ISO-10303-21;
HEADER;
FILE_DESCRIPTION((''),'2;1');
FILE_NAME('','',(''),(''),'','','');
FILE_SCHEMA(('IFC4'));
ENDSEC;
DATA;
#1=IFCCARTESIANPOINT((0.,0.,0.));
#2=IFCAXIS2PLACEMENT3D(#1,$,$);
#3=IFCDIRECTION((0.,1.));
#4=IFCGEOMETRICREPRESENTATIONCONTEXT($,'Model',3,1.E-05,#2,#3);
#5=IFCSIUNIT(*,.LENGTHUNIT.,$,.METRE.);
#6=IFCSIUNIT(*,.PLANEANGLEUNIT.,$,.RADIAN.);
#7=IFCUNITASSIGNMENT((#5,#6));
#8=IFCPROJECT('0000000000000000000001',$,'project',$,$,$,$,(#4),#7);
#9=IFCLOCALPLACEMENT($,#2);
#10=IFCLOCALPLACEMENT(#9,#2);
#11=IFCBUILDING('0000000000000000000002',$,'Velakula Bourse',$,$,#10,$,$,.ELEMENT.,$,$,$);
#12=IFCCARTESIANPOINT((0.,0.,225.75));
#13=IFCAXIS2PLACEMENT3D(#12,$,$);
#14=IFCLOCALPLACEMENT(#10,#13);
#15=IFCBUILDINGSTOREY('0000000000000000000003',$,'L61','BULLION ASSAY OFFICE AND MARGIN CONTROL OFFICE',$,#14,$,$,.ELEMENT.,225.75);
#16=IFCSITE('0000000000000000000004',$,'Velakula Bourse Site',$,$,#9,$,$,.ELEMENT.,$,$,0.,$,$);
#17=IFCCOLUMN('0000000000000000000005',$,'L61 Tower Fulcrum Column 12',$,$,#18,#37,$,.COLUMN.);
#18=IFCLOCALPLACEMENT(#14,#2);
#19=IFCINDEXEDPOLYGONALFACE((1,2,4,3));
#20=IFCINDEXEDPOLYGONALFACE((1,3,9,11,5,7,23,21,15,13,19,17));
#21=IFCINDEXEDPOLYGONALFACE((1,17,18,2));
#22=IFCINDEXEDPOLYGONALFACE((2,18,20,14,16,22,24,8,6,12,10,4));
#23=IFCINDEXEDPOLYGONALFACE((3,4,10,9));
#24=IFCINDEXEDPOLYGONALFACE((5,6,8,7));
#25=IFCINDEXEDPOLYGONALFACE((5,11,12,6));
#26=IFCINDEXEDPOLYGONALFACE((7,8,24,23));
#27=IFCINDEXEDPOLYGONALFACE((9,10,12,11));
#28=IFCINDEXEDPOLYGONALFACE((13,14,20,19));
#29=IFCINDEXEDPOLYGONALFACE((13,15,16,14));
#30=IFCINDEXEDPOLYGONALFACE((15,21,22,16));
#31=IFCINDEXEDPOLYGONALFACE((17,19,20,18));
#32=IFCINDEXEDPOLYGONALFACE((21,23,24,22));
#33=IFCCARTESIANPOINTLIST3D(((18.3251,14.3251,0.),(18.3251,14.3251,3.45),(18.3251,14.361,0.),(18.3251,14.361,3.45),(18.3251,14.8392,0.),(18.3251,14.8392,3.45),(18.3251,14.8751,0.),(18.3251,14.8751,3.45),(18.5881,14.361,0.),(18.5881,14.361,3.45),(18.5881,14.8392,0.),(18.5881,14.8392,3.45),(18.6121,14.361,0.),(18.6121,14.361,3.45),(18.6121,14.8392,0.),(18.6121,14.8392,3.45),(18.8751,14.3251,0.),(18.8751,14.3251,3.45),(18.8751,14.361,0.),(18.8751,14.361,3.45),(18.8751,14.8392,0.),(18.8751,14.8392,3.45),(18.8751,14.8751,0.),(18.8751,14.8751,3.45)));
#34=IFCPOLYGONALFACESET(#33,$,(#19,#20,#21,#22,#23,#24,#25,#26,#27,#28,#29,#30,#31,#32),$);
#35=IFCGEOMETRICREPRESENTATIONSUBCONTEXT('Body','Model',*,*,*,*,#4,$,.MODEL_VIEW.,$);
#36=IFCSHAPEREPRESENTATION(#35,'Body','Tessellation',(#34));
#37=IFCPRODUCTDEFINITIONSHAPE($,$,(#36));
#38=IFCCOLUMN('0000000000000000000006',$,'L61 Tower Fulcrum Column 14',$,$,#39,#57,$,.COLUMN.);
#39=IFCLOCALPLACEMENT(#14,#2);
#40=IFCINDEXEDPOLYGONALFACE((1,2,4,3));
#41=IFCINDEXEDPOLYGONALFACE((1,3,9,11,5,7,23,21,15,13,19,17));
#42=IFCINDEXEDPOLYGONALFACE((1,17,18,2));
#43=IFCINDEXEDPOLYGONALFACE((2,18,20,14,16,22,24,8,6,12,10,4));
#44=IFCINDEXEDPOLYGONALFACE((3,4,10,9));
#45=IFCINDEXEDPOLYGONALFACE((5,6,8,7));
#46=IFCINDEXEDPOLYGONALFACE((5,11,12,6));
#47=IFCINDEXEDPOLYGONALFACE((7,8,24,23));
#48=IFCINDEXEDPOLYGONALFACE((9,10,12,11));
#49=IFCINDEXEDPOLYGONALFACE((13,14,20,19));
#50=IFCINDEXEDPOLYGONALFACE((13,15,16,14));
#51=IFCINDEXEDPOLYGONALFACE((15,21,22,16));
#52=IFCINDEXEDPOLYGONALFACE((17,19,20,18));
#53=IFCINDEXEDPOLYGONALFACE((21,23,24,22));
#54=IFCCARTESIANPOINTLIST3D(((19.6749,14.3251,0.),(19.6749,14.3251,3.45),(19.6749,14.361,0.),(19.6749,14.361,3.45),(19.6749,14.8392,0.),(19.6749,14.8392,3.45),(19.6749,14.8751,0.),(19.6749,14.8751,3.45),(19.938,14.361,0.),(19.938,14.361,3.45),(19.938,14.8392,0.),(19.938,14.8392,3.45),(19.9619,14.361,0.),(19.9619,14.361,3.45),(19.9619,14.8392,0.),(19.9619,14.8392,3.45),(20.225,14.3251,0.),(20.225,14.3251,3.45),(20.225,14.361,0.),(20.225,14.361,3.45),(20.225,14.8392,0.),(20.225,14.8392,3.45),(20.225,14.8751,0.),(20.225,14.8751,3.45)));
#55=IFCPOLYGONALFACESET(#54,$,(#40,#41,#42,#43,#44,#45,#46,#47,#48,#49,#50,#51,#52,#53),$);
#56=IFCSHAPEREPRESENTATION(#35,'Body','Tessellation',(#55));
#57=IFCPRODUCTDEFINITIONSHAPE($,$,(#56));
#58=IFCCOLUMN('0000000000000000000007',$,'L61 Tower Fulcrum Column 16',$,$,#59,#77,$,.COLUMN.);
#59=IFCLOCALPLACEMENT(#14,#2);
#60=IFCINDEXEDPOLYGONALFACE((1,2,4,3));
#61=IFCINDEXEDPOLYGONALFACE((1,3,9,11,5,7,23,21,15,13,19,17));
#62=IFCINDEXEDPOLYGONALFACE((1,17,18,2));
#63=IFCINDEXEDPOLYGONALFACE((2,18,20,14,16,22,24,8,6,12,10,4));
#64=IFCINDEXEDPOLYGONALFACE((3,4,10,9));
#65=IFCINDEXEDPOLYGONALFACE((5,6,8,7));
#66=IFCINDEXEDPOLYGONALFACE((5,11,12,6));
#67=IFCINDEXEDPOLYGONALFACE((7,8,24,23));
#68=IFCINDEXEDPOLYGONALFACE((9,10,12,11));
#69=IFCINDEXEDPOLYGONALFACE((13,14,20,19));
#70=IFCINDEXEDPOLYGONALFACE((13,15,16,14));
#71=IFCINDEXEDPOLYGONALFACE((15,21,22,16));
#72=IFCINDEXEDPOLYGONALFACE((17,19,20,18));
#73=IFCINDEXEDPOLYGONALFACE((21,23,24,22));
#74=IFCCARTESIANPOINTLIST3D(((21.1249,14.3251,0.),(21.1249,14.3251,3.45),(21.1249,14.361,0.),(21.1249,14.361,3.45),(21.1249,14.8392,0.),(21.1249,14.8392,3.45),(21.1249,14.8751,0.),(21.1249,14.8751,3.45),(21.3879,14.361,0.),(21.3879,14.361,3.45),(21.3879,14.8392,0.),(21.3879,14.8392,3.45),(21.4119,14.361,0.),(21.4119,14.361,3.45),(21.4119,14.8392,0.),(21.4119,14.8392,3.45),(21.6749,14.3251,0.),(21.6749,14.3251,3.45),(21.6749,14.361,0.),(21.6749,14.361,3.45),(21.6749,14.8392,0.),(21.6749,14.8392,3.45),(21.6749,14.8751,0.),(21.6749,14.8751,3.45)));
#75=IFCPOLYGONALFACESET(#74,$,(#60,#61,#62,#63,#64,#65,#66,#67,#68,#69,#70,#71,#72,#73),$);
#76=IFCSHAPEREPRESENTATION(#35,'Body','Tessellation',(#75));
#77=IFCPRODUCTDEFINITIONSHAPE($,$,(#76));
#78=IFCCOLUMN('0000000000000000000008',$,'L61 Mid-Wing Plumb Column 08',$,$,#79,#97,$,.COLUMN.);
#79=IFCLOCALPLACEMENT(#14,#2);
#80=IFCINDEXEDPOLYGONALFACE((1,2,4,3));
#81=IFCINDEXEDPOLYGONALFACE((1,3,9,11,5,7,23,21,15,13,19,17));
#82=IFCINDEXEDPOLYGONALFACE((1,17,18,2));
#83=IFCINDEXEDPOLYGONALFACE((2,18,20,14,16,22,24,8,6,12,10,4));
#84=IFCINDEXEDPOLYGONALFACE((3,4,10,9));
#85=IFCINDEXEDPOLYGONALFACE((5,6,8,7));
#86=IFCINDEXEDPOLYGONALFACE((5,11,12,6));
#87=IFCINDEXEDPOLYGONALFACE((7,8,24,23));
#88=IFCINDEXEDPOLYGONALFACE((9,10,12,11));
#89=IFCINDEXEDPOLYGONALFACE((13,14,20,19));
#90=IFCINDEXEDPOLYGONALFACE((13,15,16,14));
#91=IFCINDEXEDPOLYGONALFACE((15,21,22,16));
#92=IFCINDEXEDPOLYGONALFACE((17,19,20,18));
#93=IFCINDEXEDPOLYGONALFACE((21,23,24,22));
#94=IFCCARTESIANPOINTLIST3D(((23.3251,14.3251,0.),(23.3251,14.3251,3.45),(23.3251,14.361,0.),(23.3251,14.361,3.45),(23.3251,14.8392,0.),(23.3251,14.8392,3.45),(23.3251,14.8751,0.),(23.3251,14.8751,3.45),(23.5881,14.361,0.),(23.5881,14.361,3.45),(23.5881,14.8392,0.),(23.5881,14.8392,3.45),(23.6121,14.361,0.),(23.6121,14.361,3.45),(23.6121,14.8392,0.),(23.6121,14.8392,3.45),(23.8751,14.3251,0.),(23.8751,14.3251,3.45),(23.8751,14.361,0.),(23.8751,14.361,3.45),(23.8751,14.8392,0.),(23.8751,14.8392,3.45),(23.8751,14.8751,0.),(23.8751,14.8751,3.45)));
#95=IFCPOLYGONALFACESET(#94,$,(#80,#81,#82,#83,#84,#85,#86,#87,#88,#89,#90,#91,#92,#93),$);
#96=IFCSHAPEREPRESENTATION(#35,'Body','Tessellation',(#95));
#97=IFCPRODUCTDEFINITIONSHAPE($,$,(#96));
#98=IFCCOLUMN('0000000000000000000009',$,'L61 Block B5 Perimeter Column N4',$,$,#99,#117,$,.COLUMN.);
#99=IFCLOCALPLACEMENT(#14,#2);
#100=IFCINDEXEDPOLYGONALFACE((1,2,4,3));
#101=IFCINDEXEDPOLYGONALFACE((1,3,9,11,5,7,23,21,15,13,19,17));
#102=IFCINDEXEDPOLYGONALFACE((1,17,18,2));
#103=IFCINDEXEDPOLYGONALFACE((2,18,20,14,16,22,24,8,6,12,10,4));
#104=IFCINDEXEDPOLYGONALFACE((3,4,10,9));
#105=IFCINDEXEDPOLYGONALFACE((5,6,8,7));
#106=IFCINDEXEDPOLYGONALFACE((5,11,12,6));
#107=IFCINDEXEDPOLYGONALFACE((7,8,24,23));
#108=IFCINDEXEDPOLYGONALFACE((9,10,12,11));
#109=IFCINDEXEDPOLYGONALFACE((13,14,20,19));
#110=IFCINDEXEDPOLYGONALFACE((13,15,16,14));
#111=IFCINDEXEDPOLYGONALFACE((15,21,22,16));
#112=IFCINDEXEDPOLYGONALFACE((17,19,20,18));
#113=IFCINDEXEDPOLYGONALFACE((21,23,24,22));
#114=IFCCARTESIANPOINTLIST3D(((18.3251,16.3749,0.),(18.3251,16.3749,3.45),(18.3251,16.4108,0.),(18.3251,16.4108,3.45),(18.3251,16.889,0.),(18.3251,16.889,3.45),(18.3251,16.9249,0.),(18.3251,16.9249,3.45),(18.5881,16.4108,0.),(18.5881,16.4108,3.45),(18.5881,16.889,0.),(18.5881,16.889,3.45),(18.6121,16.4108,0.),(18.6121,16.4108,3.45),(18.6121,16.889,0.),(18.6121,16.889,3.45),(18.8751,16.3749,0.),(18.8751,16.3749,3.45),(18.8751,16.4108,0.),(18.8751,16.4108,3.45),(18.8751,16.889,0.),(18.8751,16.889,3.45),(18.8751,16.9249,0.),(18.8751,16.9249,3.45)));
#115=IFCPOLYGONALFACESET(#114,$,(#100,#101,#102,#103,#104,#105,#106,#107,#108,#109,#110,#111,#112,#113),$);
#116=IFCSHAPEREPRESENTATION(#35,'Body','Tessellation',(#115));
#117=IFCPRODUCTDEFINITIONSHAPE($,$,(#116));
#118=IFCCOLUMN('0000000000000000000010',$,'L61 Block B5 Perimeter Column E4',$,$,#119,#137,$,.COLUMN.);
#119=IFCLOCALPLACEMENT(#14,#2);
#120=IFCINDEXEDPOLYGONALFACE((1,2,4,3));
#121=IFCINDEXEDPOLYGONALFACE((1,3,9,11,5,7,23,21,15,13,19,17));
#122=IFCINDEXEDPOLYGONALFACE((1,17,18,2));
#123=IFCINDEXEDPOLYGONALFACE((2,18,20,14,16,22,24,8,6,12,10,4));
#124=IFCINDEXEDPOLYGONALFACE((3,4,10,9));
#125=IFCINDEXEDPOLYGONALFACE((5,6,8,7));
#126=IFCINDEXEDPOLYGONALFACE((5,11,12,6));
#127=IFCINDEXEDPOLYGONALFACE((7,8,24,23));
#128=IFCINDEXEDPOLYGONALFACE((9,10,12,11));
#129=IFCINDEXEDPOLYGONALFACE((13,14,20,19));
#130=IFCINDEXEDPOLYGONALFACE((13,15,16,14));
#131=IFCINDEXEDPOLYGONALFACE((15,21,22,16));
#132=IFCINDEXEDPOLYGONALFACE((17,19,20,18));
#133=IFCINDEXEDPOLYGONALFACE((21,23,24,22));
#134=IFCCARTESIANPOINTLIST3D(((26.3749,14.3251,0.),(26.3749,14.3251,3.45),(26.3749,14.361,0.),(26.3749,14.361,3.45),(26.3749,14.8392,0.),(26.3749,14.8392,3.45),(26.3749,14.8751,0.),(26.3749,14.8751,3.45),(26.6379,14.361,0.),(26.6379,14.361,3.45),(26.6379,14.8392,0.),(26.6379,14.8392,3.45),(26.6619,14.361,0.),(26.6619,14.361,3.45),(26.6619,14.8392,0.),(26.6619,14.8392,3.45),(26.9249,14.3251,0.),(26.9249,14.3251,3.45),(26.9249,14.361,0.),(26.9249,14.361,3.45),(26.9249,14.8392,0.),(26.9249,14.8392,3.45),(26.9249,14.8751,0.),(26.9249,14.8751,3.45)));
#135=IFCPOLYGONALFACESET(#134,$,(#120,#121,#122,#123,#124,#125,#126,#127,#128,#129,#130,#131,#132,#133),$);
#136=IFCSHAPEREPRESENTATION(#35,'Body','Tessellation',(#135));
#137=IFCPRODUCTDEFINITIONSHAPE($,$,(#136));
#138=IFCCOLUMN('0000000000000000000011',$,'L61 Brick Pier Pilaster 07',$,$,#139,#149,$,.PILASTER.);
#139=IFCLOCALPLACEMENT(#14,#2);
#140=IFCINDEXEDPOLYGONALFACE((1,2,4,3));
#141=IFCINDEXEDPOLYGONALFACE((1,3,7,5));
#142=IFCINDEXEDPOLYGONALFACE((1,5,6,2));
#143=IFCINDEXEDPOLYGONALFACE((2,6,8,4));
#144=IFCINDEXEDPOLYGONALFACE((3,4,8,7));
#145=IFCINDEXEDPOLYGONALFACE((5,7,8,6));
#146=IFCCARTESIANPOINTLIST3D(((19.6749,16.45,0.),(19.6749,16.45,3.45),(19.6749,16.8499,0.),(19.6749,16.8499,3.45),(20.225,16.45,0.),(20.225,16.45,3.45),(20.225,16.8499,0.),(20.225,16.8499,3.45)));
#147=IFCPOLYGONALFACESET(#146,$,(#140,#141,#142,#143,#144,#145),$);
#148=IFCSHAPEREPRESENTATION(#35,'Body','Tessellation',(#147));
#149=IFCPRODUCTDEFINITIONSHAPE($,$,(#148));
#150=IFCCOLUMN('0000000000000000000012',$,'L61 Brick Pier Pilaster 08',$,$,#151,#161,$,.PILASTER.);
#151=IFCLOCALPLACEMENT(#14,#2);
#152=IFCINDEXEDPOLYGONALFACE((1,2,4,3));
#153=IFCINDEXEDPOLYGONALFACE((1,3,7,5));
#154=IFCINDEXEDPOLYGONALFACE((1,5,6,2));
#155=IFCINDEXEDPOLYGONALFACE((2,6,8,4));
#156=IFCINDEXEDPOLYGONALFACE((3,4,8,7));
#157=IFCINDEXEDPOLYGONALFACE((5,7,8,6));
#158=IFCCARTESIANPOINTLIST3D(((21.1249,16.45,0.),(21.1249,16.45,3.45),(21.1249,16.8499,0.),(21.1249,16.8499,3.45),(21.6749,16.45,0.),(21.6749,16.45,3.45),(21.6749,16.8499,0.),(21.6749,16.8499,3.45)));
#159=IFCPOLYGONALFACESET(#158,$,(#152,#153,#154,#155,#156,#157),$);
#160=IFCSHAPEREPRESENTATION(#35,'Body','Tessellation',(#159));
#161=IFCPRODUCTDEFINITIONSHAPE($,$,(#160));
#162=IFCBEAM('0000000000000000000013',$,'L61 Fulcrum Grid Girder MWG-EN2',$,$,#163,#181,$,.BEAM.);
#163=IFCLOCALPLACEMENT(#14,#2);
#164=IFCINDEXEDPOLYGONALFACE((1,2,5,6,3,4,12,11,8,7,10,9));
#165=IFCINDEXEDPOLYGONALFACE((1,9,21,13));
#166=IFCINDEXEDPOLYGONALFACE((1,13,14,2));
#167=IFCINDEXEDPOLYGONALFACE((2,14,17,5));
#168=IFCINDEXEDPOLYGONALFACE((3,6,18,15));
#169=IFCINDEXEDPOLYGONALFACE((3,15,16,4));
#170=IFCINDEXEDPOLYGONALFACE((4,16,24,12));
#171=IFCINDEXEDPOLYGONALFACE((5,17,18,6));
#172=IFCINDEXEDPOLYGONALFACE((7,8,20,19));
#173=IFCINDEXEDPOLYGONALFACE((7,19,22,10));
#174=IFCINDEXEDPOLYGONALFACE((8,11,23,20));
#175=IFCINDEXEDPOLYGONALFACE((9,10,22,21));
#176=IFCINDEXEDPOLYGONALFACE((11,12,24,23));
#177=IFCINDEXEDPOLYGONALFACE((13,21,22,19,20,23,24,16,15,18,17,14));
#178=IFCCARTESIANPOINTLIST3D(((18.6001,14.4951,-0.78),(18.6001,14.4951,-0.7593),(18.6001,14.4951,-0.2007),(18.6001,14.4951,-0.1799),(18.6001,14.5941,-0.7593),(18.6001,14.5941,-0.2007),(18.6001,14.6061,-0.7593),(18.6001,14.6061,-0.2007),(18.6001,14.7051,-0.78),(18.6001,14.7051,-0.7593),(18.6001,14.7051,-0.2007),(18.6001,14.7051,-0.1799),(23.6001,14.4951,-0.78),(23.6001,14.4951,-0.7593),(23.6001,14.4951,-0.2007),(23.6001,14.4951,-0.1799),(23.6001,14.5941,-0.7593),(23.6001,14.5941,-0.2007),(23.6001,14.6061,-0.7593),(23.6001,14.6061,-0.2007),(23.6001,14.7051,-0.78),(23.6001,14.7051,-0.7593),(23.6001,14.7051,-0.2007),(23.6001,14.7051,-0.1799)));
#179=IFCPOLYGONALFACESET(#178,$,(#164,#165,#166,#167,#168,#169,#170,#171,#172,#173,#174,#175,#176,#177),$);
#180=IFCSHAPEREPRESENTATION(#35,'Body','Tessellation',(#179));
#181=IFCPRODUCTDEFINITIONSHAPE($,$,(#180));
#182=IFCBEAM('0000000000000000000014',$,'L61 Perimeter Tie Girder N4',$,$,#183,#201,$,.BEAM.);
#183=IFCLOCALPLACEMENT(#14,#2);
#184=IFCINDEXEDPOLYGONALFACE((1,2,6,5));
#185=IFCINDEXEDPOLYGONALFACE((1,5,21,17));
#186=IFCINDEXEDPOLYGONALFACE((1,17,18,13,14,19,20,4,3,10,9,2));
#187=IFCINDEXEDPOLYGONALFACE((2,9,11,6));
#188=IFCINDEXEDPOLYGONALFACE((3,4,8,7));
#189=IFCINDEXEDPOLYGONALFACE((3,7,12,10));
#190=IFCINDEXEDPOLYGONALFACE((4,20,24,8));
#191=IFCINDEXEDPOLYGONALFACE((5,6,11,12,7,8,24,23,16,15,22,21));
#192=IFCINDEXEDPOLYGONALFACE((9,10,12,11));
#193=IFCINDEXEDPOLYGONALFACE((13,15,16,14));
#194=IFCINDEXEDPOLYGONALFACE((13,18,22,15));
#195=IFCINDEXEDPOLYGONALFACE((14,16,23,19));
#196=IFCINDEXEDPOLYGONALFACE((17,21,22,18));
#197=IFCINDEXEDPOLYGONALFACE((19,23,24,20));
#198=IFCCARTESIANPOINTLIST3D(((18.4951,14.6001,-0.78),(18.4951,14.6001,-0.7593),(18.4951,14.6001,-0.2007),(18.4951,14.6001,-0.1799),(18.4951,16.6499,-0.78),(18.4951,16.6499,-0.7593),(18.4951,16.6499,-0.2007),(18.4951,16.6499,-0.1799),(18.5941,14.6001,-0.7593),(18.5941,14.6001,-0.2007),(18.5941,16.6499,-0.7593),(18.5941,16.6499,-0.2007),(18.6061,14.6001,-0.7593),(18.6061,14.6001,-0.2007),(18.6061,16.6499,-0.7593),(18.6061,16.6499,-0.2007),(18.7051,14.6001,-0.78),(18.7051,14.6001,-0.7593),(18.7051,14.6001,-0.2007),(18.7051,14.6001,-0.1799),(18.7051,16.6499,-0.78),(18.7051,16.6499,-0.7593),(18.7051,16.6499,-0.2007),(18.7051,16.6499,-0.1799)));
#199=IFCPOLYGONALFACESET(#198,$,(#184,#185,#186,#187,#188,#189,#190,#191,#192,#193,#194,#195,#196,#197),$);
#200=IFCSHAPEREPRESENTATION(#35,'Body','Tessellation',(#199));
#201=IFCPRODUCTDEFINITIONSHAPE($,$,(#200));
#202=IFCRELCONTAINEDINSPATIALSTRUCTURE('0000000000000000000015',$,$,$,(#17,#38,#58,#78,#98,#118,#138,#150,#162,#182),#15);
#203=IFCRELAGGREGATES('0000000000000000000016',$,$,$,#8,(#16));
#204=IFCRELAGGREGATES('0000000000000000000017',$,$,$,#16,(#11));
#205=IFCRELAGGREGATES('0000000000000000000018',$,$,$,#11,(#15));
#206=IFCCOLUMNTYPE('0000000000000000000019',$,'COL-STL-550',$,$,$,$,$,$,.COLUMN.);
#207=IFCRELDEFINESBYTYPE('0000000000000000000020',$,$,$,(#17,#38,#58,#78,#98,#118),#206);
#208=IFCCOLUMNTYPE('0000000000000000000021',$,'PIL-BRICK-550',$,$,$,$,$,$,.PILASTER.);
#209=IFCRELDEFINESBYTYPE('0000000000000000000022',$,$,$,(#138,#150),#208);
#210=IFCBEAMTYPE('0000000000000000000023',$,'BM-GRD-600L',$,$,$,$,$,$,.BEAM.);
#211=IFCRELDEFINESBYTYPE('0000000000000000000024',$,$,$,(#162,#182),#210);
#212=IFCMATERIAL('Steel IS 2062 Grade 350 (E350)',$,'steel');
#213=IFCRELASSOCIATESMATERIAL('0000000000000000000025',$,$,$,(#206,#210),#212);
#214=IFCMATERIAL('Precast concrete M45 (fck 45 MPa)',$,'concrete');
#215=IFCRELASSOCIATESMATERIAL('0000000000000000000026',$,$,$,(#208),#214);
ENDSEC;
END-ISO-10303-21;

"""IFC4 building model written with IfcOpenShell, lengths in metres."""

from ifc_helpers import new_model, si_unit, direction, frame, origin, origin_2d, place, context, subcontext, project, spatial, rectangle, i_section, extrude, material, material_profile, profile_set, type_object, element, save


model = new_model("IFC4")

# Units and contexts
model_context = context("Model", 3, precision=1e-05, world=origin(), true_north=direction((0.0, 1.0)))
body_context = subcontext(model_context, "Body", "Model", "MODEL_VIEW")
ifc_project = project(units=[si_unit("LENGTHUNIT", "METRE"), si_unit("PLANEANGLEUNIT", "RADIAN")], contexts=[model_context])

# Site, building, storey
site_placement = place(None, origin())
site = spatial("IfcSite", under=ifc_project, at=site_placement, Name="Velakula Bourse Site", CompositionType="ELEMENT", RefElevation=0.0)
building_placement = place(site_placement, origin())
building = spatial("IfcBuilding", under=site, at=building_placement, Name="Velakula Bourse", CompositionType="ELEMENT")
storey_placement = place(building_placement, frame((0.0, 0.0, 225.75)))
storey = spatial("IfcBuildingStorey", under=building, at=storey_placement, Name="L61", Description="BULLION ASSAY OFFICE AND MARGIN CONTROL OFFICE", CompositionType="ELEMENT", Elevation=225.75)

# Columns
ifc_material_1 = material(Name="Steel IS 2062 Grade 350 (E350)", Category="steel")
ifc_material_profile_1 = material_profile(ifc_material_1, i_section(OverallWidth=0.55, OverallDepth=0.55, WebThickness=0.0239, FlangeThickness=0.0359, at=origin_2d()), Name="Steel IS 2062 Grade 350 (E350)")
ifc_profile_set_1 = profile_set([ifc_material_profile_1], Name="Steel IS 2062 Grade 350 (E350)")
column_type_1 = type_object("IfcColumnType", Name="COL-STL-550", PredefinedType="COLUMN", material=ifc_profile_set_1)
for number, where, z_axis, x_axis, name in (
    (1, (18.6001, 14.6001, 0.0), (0.0, 0.0, 1.0), (1.0, 0.0, 0.0), "L61 Tower Fulcrum Column 12"),
    (2, (19.95, 14.6001, 0.0), (0.0, 0.0, 1.0), (1.0, 0.0, 0.0), "L61 Tower Fulcrum Column 14"),
    (3, (21.3999, 14.6001, 0.0), (0.0, 0.0, 1.0), (1.0, 0.0, 0.0), "L61 Tower Fulcrum Column 16"),
    (4, (23.6001, 14.6001, 0.0), (0.0, 0.0, 1.0), (1.0, 0.0, 0.0), "L61 Mid-Wing Plumb Column 08"),
    (5, (18.6001, 16.6499, 0.0), (0.0, 0.0, 1.0), (1.0, 0.0, 0.0), "L61 Block B5 Perimeter Column N4"),
    (6, (26.6499, 14.6001, 0.0), (0.0, 0.0, 1.0), (1.0, 0.0, 0.0), "L61 Block B5 Perimeter Column E4"),
):
    element("IfcColumn", number, at=place(storey_placement, frame(where, z_axis=z_axis, x_axis=x_axis)), inside=storey, type_object=column_type_1, Name=name, PredefinedType="COLUMN", context=body_context, shape_type="SweptSolid", body=[
        extrude(i_section(OverallWidth=0.55, OverallDepth=0.55, WebThickness=0.0239, FlangeThickness=0.0359, at=origin_2d()), origin(), (0.0, 0.0, 1.0), 3.45),
    ])
ifc_material_2 = material(Name="Precast concrete M45 (fck 45 MPa)", Category="concrete")
ifc_material_profile_2 = material_profile(ifc_material_2, rectangle(XDim=0.55, YDim=0.3999, at=origin_2d()), Name="Precast concrete M45 (fck 45 MPa)")
ifc_profile_set_2 = profile_set([ifc_material_profile_2], Name="Precast concrete M45 (fck 45 MPa)")
column_type_2 = type_object("IfcColumnType", Name="PIL-BRICK-550", PredefinedType="PILASTER", material=ifc_profile_set_2)
for number, where, z_axis, x_axis, name in (
    (7, (19.95, 16.6499, 0.0), (0.0, 0.0, 1.0), (1.0, 0.0, 0.0), "L61 Brick Pier Pilaster 07"),
    (8, (21.3999, 16.6499, 0.0), (0.0, 0.0, 1.0), (1.0, 0.0, 0.0), "L61 Brick Pier Pilaster 08"),
):
    element("IfcColumn", number, at=place(storey_placement, frame(where, z_axis=z_axis, x_axis=x_axis)), inside=storey, type_object=column_type_2, Name=name, PredefinedType="PILASTER", context=body_context, shape_type="SweptSolid", body=[
        extrude(rectangle(XDim=0.55, YDim=0.3999, at=origin_2d()), origin(), (0.0, 0.0, 1.0), 3.45),
    ])

# Beams
ifc_material_profile_3 = material_profile(ifc_material_1, i_section(OverallWidth=0.21, OverallDepth=0.6001, WebThickness=0.012, FlangeThickness=0.0208, at=origin_2d()), Name="Steel IS 2062 Grade 350 (E350)")
ifc_profile_set_3 = profile_set([ifc_material_profile_3], Name="Steel IS 2062 Grade 350 (E350)")
beam_type_1 = type_object("IfcBeamType", Name="BM-GRD-600L", PredefinedType="BEAM", material=ifc_profile_set_3)
beam_1_placement = place(storey_placement, frame((18.6001, 14.6001, -0.48), z_axis=(1.0, 0.0, 0.0), x_axis=(0.0, 1.0, 0.0)))
element("IfcBeam", 9, at=beam_1_placement, inside=storey, type_object=beam_type_1, Name="L61 Fulcrum Grid Girder MWG-EN2", PredefinedType="BEAM", context=body_context, shape_type="SweptSolid", body=[
    extrude(i_section(OverallWidth=0.21, OverallDepth=0.6001, WebThickness=0.012, FlangeThickness=0.0208, at=origin_2d()), origin(), (0.0, 0.0, 1.0), 5.0),
])
beam_2_placement = place(storey_placement, frame((18.6001, 14.6001, -0.48), z_axis=(0.0, 1.0, 0.0), x_axis=(-1.0, 0.0, 0.0)))
element("IfcBeam", 10, at=beam_2_placement, inside=storey, type_object=beam_type_1, Name="L61 Perimeter Tie Girder N4", PredefinedType="BEAM", context=body_context, shape_type="SweptSolid", body=[
    extrude(i_section(OverallWidth=0.21, OverallDepth=0.6001, WebThickness=0.012, FlangeThickness=0.0208, at=origin_2d()), origin(), (0.0, 0.0, 1.0), 2.0498),
])

save(model, "model.ifc")
